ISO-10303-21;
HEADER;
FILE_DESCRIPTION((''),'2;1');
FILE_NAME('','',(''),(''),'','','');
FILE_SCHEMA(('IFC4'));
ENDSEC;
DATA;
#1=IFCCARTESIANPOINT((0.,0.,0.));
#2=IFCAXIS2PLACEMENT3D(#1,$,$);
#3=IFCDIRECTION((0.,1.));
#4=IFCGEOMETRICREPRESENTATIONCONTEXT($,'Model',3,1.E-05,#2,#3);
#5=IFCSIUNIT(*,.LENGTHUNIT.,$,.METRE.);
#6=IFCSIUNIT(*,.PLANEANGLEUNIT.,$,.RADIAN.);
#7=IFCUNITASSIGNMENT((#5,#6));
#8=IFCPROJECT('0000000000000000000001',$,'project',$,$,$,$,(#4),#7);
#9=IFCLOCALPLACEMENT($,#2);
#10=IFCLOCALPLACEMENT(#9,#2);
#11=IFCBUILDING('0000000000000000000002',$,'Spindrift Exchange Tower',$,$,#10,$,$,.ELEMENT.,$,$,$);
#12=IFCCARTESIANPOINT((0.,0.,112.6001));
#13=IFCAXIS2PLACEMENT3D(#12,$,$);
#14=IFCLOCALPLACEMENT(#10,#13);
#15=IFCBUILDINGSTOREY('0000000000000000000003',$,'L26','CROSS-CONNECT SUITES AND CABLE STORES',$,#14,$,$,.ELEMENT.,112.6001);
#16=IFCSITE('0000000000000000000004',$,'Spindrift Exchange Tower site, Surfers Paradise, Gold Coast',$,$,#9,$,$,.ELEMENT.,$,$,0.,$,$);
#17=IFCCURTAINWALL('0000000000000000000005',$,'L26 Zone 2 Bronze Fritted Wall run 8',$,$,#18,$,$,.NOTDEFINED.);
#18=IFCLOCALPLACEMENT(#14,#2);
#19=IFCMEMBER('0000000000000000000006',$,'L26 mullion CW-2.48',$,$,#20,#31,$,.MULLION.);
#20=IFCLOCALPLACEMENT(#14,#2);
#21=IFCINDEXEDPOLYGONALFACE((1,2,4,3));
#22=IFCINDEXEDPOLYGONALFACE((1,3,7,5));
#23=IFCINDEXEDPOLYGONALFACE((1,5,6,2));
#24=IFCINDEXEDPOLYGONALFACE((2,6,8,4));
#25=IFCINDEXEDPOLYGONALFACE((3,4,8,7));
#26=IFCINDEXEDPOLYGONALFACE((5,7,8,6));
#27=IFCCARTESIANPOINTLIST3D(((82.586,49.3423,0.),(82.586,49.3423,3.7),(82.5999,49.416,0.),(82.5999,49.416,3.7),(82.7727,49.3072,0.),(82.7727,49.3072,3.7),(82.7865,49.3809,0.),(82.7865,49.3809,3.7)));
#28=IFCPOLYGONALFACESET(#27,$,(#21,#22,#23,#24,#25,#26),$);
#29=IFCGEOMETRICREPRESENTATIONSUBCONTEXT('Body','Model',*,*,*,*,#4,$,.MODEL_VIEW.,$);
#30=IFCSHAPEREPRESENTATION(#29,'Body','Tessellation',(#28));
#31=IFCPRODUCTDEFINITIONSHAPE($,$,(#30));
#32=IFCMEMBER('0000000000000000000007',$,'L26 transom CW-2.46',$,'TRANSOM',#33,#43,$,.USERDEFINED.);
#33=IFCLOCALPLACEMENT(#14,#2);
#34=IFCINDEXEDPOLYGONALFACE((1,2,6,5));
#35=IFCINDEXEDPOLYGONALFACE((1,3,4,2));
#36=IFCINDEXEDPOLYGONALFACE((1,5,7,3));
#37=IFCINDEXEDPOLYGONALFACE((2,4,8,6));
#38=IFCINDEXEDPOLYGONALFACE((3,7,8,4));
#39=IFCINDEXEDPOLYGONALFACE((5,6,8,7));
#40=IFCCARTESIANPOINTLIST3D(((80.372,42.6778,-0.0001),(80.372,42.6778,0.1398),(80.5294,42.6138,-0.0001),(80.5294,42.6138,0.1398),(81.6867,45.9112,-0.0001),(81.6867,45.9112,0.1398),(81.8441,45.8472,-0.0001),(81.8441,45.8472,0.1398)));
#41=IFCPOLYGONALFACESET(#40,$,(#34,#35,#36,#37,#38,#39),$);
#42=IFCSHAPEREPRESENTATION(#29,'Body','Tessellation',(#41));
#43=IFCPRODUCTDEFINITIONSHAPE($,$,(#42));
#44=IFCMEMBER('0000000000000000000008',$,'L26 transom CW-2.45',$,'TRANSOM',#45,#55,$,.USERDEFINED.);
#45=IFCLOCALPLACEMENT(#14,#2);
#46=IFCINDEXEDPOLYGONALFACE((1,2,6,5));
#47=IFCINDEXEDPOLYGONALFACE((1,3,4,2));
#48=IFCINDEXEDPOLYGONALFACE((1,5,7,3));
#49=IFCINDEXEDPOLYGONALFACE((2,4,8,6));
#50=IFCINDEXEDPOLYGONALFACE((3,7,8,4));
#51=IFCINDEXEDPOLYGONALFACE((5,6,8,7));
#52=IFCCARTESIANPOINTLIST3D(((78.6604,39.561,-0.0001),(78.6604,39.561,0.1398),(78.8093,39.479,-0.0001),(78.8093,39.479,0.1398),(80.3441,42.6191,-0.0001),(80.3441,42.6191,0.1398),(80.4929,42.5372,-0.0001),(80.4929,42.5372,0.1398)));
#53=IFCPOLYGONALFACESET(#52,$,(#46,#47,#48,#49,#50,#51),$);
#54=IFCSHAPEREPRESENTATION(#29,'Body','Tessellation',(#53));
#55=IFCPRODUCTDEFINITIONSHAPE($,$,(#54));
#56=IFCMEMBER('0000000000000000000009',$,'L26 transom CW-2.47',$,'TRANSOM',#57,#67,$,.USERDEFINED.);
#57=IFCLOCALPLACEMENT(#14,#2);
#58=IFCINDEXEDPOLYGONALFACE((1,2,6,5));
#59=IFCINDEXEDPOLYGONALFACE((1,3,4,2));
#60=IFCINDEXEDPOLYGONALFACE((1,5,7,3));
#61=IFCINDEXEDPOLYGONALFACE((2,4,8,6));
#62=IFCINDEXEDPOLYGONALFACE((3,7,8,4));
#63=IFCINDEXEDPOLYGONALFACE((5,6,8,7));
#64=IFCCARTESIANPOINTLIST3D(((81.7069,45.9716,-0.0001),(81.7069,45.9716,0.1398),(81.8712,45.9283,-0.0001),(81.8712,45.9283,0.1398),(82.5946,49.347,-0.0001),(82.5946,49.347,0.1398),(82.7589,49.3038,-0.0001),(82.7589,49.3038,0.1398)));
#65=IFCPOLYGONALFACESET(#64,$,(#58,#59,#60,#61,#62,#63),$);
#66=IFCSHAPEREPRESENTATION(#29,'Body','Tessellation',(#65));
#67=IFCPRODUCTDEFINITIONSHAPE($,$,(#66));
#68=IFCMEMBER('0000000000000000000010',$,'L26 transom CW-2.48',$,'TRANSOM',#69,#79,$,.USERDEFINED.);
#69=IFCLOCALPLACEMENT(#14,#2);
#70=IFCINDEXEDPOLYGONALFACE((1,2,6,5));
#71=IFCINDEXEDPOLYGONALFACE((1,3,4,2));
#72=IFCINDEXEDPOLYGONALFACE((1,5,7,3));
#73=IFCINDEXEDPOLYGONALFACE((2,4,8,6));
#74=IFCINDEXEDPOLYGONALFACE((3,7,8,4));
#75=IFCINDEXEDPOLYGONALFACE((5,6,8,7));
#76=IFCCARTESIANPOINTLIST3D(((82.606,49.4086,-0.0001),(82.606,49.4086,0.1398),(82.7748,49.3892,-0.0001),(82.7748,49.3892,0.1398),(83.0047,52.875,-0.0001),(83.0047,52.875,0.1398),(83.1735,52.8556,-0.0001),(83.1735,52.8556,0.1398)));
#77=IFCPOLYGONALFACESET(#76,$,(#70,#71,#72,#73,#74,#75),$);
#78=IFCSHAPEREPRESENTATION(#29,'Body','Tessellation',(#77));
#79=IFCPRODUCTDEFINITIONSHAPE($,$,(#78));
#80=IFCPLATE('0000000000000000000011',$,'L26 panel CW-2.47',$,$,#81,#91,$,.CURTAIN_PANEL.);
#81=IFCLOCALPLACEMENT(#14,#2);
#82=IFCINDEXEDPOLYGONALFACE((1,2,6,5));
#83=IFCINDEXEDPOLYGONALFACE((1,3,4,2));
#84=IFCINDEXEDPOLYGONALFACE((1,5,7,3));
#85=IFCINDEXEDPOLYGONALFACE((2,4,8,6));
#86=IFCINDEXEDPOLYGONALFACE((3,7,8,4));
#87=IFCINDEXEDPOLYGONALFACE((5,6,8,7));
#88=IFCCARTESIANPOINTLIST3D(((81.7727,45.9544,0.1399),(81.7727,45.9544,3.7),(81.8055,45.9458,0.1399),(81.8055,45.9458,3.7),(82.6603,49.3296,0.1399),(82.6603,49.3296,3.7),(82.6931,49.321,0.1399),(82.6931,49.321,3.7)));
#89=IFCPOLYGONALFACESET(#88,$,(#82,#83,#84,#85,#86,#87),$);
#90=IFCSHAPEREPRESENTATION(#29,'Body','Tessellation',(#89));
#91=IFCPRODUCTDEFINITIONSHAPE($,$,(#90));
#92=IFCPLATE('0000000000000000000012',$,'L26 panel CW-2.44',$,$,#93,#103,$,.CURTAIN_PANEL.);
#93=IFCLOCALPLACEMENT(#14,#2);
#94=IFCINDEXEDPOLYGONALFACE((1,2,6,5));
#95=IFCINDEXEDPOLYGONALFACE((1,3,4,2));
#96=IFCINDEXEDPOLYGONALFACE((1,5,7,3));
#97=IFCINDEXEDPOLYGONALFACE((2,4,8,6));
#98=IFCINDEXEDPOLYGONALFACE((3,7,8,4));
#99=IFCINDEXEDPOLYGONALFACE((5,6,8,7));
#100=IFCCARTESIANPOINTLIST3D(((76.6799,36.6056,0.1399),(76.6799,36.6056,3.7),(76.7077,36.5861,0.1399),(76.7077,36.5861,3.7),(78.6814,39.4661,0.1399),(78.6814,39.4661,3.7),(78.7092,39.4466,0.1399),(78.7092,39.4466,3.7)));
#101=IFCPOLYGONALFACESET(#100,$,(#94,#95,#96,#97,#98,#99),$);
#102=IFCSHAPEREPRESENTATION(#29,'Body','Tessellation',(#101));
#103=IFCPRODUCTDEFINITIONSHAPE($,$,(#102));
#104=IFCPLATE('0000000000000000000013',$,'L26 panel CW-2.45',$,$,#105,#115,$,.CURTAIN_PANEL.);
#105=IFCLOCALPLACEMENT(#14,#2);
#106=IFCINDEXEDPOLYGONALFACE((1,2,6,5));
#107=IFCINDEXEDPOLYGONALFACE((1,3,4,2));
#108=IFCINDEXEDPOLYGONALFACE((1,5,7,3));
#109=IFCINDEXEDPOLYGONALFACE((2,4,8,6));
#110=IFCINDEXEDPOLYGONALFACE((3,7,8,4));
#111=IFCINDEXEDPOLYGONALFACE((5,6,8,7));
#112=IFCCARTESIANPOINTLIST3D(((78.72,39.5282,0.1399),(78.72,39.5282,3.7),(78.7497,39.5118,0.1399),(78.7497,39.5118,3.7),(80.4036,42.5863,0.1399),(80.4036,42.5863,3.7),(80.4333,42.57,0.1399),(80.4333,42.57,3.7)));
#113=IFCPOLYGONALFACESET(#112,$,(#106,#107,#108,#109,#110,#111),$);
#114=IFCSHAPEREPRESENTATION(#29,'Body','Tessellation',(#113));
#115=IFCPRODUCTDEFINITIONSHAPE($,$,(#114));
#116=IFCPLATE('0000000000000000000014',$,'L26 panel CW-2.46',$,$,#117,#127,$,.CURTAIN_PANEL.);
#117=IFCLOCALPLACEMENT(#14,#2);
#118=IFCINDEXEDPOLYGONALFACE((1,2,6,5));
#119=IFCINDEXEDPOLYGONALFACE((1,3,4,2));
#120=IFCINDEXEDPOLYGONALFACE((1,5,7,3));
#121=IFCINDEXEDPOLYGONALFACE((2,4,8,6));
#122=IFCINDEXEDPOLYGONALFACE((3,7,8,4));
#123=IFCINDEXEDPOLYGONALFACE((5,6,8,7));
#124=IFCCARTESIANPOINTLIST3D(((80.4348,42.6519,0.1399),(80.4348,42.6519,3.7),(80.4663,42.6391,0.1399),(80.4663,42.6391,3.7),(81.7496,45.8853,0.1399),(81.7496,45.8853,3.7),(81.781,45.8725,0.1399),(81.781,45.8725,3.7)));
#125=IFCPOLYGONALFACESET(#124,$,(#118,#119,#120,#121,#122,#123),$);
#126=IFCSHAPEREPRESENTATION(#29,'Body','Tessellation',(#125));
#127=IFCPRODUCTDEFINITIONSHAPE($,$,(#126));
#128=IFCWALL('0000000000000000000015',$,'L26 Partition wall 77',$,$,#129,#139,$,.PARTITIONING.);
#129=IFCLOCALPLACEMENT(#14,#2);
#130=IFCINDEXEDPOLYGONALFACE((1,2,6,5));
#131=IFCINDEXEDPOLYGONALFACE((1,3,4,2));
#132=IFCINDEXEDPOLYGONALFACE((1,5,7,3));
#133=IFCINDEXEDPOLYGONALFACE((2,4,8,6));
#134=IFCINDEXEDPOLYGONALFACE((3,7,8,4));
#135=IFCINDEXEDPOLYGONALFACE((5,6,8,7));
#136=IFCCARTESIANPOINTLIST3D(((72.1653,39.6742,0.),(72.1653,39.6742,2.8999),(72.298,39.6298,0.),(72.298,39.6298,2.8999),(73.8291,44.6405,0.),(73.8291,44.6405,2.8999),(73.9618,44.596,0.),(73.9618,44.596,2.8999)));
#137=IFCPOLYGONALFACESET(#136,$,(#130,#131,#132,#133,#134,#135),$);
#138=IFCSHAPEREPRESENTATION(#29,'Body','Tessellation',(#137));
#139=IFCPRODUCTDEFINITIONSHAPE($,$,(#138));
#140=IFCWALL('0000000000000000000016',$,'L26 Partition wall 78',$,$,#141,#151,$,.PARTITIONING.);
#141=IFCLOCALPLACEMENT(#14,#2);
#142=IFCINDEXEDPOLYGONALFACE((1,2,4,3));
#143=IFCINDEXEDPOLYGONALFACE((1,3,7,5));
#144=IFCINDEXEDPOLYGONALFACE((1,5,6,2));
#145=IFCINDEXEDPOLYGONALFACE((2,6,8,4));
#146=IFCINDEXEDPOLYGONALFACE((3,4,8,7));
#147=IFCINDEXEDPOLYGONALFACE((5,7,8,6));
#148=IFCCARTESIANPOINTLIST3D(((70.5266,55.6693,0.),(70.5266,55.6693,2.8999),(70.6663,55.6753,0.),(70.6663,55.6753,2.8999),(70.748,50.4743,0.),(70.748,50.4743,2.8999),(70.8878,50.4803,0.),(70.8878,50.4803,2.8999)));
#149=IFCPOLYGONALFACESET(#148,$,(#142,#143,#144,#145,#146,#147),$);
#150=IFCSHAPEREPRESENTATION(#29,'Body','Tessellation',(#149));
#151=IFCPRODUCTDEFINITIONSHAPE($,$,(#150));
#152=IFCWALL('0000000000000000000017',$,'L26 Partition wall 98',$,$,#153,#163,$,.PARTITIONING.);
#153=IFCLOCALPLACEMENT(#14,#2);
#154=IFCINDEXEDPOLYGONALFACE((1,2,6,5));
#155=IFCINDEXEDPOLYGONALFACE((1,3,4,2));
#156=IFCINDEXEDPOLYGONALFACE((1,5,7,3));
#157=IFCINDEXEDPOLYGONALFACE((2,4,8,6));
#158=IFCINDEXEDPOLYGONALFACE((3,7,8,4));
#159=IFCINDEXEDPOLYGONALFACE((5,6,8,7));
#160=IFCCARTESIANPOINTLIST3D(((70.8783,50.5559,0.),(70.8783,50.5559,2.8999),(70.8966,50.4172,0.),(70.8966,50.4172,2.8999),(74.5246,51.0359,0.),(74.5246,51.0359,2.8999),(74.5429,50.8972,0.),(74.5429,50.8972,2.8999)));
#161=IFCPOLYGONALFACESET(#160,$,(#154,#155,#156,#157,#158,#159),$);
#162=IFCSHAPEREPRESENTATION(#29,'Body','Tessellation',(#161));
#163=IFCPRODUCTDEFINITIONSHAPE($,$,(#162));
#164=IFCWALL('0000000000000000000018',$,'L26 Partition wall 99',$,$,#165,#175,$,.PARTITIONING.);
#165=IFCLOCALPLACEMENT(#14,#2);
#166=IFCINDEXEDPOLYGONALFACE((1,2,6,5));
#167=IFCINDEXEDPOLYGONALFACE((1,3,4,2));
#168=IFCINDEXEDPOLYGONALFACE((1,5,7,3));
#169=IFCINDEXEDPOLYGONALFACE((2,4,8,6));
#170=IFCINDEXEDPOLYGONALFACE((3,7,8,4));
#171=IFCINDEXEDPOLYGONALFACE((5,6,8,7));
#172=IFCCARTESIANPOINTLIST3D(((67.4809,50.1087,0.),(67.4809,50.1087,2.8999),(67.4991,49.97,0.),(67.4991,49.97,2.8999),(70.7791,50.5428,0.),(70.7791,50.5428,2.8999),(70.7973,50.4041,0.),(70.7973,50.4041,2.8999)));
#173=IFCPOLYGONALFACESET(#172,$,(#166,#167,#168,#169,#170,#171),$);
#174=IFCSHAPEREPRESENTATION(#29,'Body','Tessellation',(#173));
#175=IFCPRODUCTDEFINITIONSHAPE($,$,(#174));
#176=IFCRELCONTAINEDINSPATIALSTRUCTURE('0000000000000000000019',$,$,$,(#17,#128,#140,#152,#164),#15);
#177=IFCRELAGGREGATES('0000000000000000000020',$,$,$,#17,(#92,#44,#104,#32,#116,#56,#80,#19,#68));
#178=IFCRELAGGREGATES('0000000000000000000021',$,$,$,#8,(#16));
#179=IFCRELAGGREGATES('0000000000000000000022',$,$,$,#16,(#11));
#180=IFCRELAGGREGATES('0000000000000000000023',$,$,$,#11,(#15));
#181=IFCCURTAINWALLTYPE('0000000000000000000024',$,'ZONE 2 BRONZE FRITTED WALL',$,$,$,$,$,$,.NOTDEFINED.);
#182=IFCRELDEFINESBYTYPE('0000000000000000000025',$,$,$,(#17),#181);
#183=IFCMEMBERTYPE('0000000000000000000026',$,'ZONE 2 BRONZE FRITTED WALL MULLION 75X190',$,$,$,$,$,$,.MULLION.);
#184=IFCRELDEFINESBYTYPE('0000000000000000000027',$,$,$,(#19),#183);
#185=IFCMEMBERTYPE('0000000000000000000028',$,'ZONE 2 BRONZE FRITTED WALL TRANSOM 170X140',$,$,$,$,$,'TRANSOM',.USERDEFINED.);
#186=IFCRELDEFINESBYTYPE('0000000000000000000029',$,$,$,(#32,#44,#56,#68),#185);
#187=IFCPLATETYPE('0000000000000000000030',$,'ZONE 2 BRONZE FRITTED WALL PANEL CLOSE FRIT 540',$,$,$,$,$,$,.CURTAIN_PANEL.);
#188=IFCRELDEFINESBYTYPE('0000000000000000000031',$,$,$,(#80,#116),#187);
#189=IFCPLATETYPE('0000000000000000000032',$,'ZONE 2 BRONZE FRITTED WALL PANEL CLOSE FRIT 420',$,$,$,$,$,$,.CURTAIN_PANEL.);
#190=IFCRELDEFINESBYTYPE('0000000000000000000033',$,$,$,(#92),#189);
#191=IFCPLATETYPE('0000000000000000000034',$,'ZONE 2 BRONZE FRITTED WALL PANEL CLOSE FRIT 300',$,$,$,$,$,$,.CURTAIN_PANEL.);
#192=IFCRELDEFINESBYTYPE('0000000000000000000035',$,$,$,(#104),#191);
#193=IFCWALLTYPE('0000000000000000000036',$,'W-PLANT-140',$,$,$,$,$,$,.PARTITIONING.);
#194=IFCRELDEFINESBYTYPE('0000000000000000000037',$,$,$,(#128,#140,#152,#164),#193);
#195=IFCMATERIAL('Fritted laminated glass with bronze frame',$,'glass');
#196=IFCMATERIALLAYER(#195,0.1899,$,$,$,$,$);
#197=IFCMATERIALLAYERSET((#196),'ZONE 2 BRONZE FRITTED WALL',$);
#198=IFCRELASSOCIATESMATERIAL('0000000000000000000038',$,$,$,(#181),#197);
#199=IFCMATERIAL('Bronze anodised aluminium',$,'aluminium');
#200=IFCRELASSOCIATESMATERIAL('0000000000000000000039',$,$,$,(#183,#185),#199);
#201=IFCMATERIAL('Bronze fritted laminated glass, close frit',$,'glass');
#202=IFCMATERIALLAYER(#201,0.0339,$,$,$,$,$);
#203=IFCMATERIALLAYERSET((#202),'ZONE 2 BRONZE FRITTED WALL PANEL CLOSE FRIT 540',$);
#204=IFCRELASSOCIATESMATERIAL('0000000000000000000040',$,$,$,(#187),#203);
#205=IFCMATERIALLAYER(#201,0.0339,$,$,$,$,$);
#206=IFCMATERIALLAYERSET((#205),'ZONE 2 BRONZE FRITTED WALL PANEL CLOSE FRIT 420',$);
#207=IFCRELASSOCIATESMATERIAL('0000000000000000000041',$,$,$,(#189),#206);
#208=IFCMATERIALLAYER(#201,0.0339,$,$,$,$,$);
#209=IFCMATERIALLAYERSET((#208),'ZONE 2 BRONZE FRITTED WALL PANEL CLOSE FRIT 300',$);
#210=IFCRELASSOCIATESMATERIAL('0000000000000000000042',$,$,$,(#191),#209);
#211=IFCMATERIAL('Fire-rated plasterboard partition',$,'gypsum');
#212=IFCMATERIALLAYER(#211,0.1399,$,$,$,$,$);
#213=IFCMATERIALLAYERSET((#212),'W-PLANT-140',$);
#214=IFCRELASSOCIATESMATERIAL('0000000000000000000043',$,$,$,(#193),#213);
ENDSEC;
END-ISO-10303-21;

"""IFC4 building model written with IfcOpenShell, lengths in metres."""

from ifc_helpers import new_model, si_unit, direction, frame, frame_2d, origin, origin_2d, place, context, subcontext, project, spatial, rectangle, extrude, source, transform, mapped, material, layer, layer_set, material_profile, profile_set, type_object, element, aggregate, save


model = new_model("IFC4")

# Units and contexts
model_context = context("Model", 3, precision=1e-05, world=origin(), true_north=direction((0.0, 1.0)))
body_context = subcontext(model_context, "Body", "Model", "MODEL_VIEW")
ifc_project = project(units=[si_unit("LENGTHUNIT", "METRE"), si_unit("PLANEANGLEUNIT", "RADIAN")], contexts=[model_context])

# Site, building, storey
site_placement = place(None, origin())
site = spatial("IfcSite", under=ifc_project, at=site_placement, Name="Spindrift Exchange Tower site, Surfers Paradise, Gold Coast", CompositionType="ELEMENT", RefElevation=0.0)
building_placement = place(site_placement, origin())
building = spatial("IfcBuilding", under=site, at=building_placement, Name="Spindrift Exchange Tower", CompositionType="ELEMENT")
storey_placement = place(building_placement, frame((0.0, 0.0, 112.6001)))
storey = spatial("IfcBuildingStorey", under=building, at=storey_placement, Name="L26", Description="CROSS-CONNECT SUITES AND CABLE STORES", CompositionType="ELEMENT", Elevation=112.6001)

# Curtain wall, members, plates
ifc_material_1 = material(Name="Fritted laminated glass with bronze frame", Category="glass")
ifc_layer_1 = layer(ifc_material_1, 0.1899)
ifc_layer_set_1 = layer_set([ifc_layer_1], Name="ZONE 2 BRONZE FRITTED WALL")
curtain_wall_type = type_object("IfcCurtainWallType", Name="ZONE 2 BRONZE FRITTED WALL", PredefinedType="NOTDEFINED", material=ifc_layer_set_1)
curtain_wall_placement = place(storey_placement, origin())
curtain_wall = element("IfcCurtainWall", 1, at=curtain_wall_placement, inside=storey, type_object=curtain_wall_type, Name="L26 Zone 2 Bronze Fritted Wall run 8", PredefinedType="NOTDEFINED")
ifc_material_2 = material(Name="Bronze anodised aluminium", Category="aluminium")
ifc_material_profile_1 = material_profile(ifc_material_2, rectangle(XDim=0.075, YDim=0.1899, at=origin_2d()), Name="ZONE 2 BRONZE FRITTED WALL MULLION 75X190")
ifc_profile_set_1 = profile_set([ifc_material_profile_1], Name="Bronze anodised aluminium")
member_type_1 = type_object("IfcMemberType", Name="ZONE 2 BRONZE FRITTED WALL MULLION 75X190", PredefinedType="MULLION", material=ifc_profile_set_1)
shared_shape_1 = source(origin(), body_context, "Body", "SweptSolid", [
    extrude(rectangle(XDim=0.075, YDim=0.1899, at=origin_2d()), origin(), (0.0, 0.0, 1.0), 3.7),
])
member_1_placement = place(storey_placement, frame((82.6863, 49.3616, 0.0), z_axis=(0.0, 0.0, 1.0), x_axis=(0.184771, 0.982782, 0.0)))
member_1 = element("IfcMember", 2, at=member_1_placement, type_object=member_type_1, Name="L26 mullion CW-2.48", PredefinedType="MULLION", context=body_context, shape_type="MappedRepresentation", body=[
    mapped(shared_shape_1, transform((0.0, 0.0, 0.0), scale=1.0)),
])
ifc_material_profile_2 = material_profile(ifc_material_2, rectangle(XDim=0.1699, YDim=0.1399, at=origin_2d()), Name="ZONE 2 BRONZE FRITTED WALL TRANSOM 170X140")
ifc_profile_set_2 = profile_set([ifc_material_profile_2], Name="Bronze anodised aluminium")
member_type_2 = type_object("IfcMemberType", Name="ZONE 2 BRONZE FRITTED WALL TRANSOM 170X140", ElementType="TRANSOM", PredefinedType="USERDEFINED", material=ifc_profile_set_2)
shared_shape_2 = source(origin(), body_context, "Body", "SweptSolid", [
    extrude(rectangle(XDim=0.1699, YDim=0.1399, at=origin_2d()), origin(), (0.0, 0.0, 1.0), 3.4905),
])
member_2_placement = place(storey_placement, frame((80.4507, 42.6458, 0.0698), z_axis=(0.376655, 0.926354, 0.0), x_axis=(-0.926354, 0.376655, 0.0)))
member_2 = element("IfcMember", 3, at=member_2_placement, type_object=member_type_2, Name="L26 transom CW-2.46", ObjectType="TRANSOM", PredefinedType="USERDEFINED", context=body_context, shape_type="MappedRepresentation", body=[
    mapped(shared_shape_2, transform((0.0, 0.0, 0.0), scale=1.0)),
])
shared_shape_3 = source(origin(), body_context, "Body", "SweptSolid", [
    extrude(rectangle(XDim=0.1699, YDim=0.1399, at=origin_2d()), origin(), (0.0, 0.0, 1.0), 3.491),
])
member_3_placement = place(storey_placement, frame((78.7349, 39.52, 0.0698), z_axis=(0.482278, 0.876018, 0.0), x_axis=(-0.876018, 0.482278, 0.0)))
member_3 = element("IfcMember", 4, at=member_3_placement, type_object=member_type_2, Name="L26 transom CW-2.45", ObjectType="TRANSOM", PredefinedType="USERDEFINED", context=body_context, shape_type="MappedRepresentation", body=[
    mapped(shared_shape_3, transform((0.0, 0.0, 0.0), scale=1.0)),
])
shared_shape_4 = source(origin(), body_context, "Body", "SweptSolid", [
    extrude(rectangle(XDim=0.1699, YDim=0.1399, at=origin_2d()), origin(), (0.0, 0.0, 1.0), 3.4902),
])
member_4_placement = place(storey_placement, frame((81.7891, 45.95, 0.0698), z_axis=(0.254335, 0.967116, 0.0), x_axis=(-0.967116, 0.254335, 0.0)))
member_4 = element("IfcMember", 5, at=member_4_placement, type_object=member_type_2, Name="L26 transom CW-2.47", ObjectType="TRANSOM", PredefinedType="USERDEFINED", context=body_context, shape_type="MappedRepresentation", body=[
    mapped(shared_shape_4, transform((0.0, 0.0, 0.0), scale=1.0)),
])
shared_shape_5 = source(origin(), body_context, "Body", "SweptSolid", [
    extrude(rectangle(XDim=0.1699, YDim=0.1399, at=origin_2d()), origin(), (0.0, 0.0, 1.0), 3.4893),
])
member_5_placement = place(storey_placement, frame((82.6904, 49.3989, 0.0698), z_axis=(0.114263, 0.993451, 0.0), x_axis=(-0.993451, 0.114263, 0.0)))
member_5 = element("IfcMember", 6, at=member_5_placement, type_object=member_type_2, Name="L26 transom CW-2.48", ObjectType="TRANSOM", PredefinedType="USERDEFINED", context=body_context, shape_type="MappedRepresentation", body=[
    mapped(shared_shape_5, transform((0.0, 0.0, 0.0), scale=1.0)),
])
ifc_material_3 = material(Name="Bronze fritted laminated glass, close frit", Category="glass")
ifc_layer_2 = layer(ifc_material_3, 0.0339)
ifc_layer_set_2 = layer_set([ifc_layer_2], Name="ZONE 2 BRONZE FRITTED WALL PANEL CLOSE FRIT 540")
plate_type_1 = type_object("IfcPlateType", Name="ZONE 2 BRONZE FRITTED WALL PANEL CLOSE FRIT 540", PredefinedType="CURTAIN_PANEL", material=ifc_layer_set_2)
shared_shape_6 = source(origin(), body_context, "Body", "SweptSolid", [
    extrude(rectangle(XDim=3.49, YDim=0.0339, at=origin_2d()), origin(), (0.0, 0.0, 1.0), 3.5601),
])
plate_1_placement = place(storey_placement, frame((82.2329, 47.6377, 0.1399), z_axis=(0.0, 0.0, 1.0), x_axis=(0.254332, 0.967117, 0.0)))
plate_1 = element("IfcPlate", 7, at=plate_1_placement, type_object=plate_type_1, Name="L26 panel CW-2.47", PredefinedType="CURTAIN_PANEL", context=body_context, shape_type="MappedRepresentation", body=[
    mapped(shared_shape_6, transform((0.0, 0.0, 0.0), scale=1.0)),
])
ifc_layer_3 = layer(ifc_material_3, 0.0339)
ifc_layer_set_3 = layer_set([ifc_layer_3], Name="ZONE 2 BRONZE FRITTED WALL PANEL CLOSE FRIT 420")
plate_type_2 = type_object("IfcPlateType", Name="ZONE 2 BRONZE FRITTED WALL PANEL CLOSE FRIT 420", PredefinedType="CURTAIN_PANEL", material=ifc_layer_set_3)
shared_shape_7 = source(origin(), body_context, "Body", "SweptSolid", [
    extrude(rectangle(XDim=3.4912, YDim=0.0339, at=origin_2d()), origin(), (0.0, 0.0, 1.0), 3.5601),
])
plate_2_placement = place(storey_placement, frame((77.6946, 38.0261, 0.1399), z_axis=(0.0, 0.0, 1.0), x_axis=(0.573306, 0.819341, 0.0)))
plate_2 = element("IfcPlate", 8, at=plate_2_placement, type_object=plate_type_2, Name="L26 panel CW-2.44", PredefinedType="CURTAIN_PANEL", context=body_context, shape_type="MappedRepresentation", body=[
    mapped(shared_shape_7, transform((0.0, 0.0, 0.0), scale=1.0)),
])
ifc_layer_4 = layer(ifc_material_3, 0.0339)
ifc_layer_set_4 = layer_set([ifc_layer_4], Name="ZONE 2 BRONZE FRITTED WALL PANEL CLOSE FRIT 300")
plate_type_3 = type_object("IfcPlateType", Name="ZONE 2 BRONZE FRITTED WALL PANEL CLOSE FRIT 300", PredefinedType="CURTAIN_PANEL", material=ifc_layer_set_4)
shared_shape_8 = source(origin(), body_context, "Body", "SweptSolid", [
    extrude(rectangle(XDim=3.491, YDim=0.0339, at=origin_2d()), origin(), (0.0, 0.0, 1.0), 3.5601),
])
plate_3_placement = place(storey_placement, frame((79.5767, 41.0491, 0.1399), z_axis=(0.0, 0.0, 1.0), x_axis=(0.482266, 0.876025, 0.0)))
plate_3 = element("IfcPlate", 9, at=plate_3_placement, type_object=plate_type_3, Name="L26 panel CW-2.45", PredefinedType="CURTAIN_PANEL", context=body_context, shape_type="MappedRepresentation", body=[
    mapped(shared_shape_8, transform((0.0, 0.0, 0.0), scale=1.0)),
])
shared_shape_9 = source(origin(), body_context, "Body", "SweptSolid", [
    extrude(rectangle(XDim=3.4905, YDim=0.0339, at=origin_2d()), origin(), (0.0, 0.0, 1.0), 3.5601),
])
plate_4_placement = place(storey_placement, frame((81.1079, 44.2622, 0.1399), z_axis=(0.0, 0.0, 1.0), x_axis=(0.376666, 0.926349, 0.0)))
plate_4 = element("IfcPlate", 10, at=plate_4_placement, type_object=plate_type_1, Name="L26 panel CW-2.46", PredefinedType="CURTAIN_PANEL", context=body_context, shape_type="MappedRepresentation", body=[
    mapped(shared_shape_9, transform((0.0, 0.0, 0.0), scale=1.0)),
])
aggregate(curtain_wall, [plate_2, member_3, plate_3, member_2, plate_4, member_4, plate_1, member_1, member_5])

# Walls
ifc_material_4 = material(Name="Fire-rated plasterboard partition", Category="gypsum")
ifc_layer_5 = layer(ifc_material_4, 0.1399)
ifc_layer_set_5 = layer_set([ifc_layer_5], Name="W-PLANT-140")
wall_type = type_object("IfcWallType", Name="W-PLANT-140", PredefinedType="PARTITIONING", material=ifc_layer_set_5)
wall_1_placement = place(storey_placement, frame((72.2317, 39.6521, 0.0), z_axis=(0.0, 0.0, 1.0), x_axis=(0.317668, 0.948202, 0.0)))
element("IfcWall", 11, at=wall_1_placement, inside=storey, type_object=wall_type, Name="L26 Partition wall 77", PredefinedType="PARTITIONING", context=body_context, shape_type="SweptSolid", body=[
    extrude(rectangle(XDim=5.2375, YDim=0.1399, at=frame_2d((2.6187, 0.0))), origin(), (0.0, 0.0, 1.0), 2.8999),
])
wall_2_placement = place(storey_placement, frame((70.8179, 50.4773, 0.0), z_axis=(0.0, 0.0, 1.0), x_axis=(-0.042586, 0.999093, 0.0)))
element("IfcWall", 12, at=wall_2_placement, inside=storey, type_object=wall_type, Name="L26 Partition wall 78", PredefinedType="PARTITIONING", context=body_context, shape_type="SweptSolid", body=[
    extrude(rectangle(XDim=5.1997, YDim=0.1399, at=frame_2d((2.5999, 0.0))), origin(), (0.0, 0.0, 1.0), 2.8999),
])
wall_3_placement = place(storey_placement, frame((70.8875, 50.4866, 0.0), z_axis=(0.0, 0.0, 1.0), x_axis=(0.991447, 0.130511, 0.0)))
element("IfcWall", 13, at=wall_3_placement, inside=storey, type_object=wall_type, Name="L26 Partition wall 98", PredefinedType="PARTITIONING", context=body_context, shape_type="SweptSolid", body=[
    extrude(rectangle(XDim=3.6777, YDim=0.1399, at=frame_2d((1.8389, 0.0))), origin(), (0.0, 0.0, 1.0), 2.8999),
])
wall_4_placement = place(storey_placement, frame((67.49, 50.0393, 0.0), z_axis=(0.0, 0.0, 1.0), x_axis=(0.99145, 0.130491, 0.0)))
element("IfcWall", 14, at=wall_4_placement, inside=storey, type_object=wall_type, Name="L26 Partition wall 99", PredefinedType="PARTITIONING", context=body_context, shape_type="SweptSolid", body=[
    extrude(rectangle(XDim=3.3267, YDim=0.1399, at=frame_2d((1.6633, 0.0))), origin(), (0.0, 0.0, 1.0), 2.8999),
])

save(model, "model.ifc")
